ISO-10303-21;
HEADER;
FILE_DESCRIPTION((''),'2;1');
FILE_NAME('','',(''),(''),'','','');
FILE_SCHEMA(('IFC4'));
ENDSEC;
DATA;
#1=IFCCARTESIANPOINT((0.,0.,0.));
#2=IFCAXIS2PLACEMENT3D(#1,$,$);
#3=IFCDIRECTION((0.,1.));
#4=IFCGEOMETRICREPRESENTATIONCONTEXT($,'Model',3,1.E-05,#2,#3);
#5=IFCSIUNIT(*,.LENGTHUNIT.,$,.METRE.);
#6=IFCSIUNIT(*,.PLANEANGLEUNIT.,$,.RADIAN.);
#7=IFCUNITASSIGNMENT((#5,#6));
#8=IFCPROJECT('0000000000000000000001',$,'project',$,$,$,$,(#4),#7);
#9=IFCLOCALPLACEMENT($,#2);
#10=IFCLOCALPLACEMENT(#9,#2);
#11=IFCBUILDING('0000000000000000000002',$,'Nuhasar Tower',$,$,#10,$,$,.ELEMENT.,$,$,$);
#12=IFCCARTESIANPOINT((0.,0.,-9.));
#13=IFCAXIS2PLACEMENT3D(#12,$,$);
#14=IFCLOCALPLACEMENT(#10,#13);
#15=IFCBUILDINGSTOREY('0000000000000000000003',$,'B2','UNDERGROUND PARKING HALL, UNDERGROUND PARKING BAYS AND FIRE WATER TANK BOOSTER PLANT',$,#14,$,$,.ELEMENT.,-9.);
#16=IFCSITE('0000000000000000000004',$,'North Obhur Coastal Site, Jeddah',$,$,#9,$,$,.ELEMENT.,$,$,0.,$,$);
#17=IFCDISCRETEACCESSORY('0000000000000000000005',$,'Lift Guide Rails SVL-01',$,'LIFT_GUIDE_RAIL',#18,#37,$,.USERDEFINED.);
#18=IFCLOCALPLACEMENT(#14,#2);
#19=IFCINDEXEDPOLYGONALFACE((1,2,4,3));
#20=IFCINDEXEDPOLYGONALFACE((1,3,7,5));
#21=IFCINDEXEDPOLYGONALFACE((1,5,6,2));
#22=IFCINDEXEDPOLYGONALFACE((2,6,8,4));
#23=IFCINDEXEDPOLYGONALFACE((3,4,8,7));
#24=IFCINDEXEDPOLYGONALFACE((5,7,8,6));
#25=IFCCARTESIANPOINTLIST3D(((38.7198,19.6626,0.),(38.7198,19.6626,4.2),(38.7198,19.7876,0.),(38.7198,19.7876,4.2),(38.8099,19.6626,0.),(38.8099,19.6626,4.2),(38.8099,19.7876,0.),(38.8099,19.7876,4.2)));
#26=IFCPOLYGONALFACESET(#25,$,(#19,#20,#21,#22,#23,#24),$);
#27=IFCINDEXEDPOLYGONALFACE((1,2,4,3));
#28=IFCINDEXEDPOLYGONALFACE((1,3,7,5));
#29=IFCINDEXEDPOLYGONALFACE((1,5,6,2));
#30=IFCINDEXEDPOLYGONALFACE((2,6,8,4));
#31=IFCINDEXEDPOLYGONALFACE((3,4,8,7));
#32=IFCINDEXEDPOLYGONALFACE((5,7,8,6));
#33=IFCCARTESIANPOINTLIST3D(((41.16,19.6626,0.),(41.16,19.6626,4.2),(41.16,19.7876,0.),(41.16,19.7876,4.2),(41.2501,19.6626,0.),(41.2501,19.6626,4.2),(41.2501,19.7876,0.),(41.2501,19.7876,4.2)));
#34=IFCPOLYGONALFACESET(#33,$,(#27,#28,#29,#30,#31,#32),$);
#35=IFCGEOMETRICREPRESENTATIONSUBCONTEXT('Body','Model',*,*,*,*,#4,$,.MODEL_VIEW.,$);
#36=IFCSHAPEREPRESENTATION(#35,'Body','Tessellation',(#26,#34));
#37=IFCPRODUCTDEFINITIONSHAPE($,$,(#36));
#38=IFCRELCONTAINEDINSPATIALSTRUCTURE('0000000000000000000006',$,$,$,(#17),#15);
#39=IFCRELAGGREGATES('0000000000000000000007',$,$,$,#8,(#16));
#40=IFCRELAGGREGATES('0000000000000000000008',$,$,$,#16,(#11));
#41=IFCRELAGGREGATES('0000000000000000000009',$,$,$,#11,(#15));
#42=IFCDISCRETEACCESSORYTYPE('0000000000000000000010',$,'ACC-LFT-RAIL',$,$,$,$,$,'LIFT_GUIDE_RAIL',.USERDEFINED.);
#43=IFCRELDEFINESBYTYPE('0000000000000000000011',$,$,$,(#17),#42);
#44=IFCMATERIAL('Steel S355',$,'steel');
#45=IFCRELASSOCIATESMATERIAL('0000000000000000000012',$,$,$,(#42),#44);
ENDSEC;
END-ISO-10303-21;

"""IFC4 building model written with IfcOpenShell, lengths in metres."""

from ifc_helpers import new_model, si_unit, direction, frame, origin, origin_2d, place, context, subcontext, project, spatial, rectangle, extrude, material, type_object, element, save


model = new_model("IFC4")

# Units and contexts
model_context = context("Model", 3, precision=1e-05, world=origin(), true_north=direction((0.0, 1.0)))
body_context = subcontext(model_context, "Body", "Model", "MODEL_VIEW")
ifc_project = project(units=[si_unit("LENGTHUNIT", "METRE"), si_unit("PLANEANGLEUNIT", "RADIAN")], contexts=[model_context])

# Site, building, storey
site_placement = place(None, origin())
site = spatial("IfcSite", under=ifc_project, at=site_placement, Name="North Obhur Coastal Site, Jeddah", CompositionType="ELEMENT", RefElevation=0.0)
building_placement = place(site_placement, origin())
building = spatial("IfcBuilding", under=site, at=building_placement, Name="Nuhasar Tower", CompositionType="ELEMENT")
storey_placement = place(building_placement, frame((0.0, 0.0, -9.0)))
storey = spatial("IfcBuildingStorey", under=building, at=storey_placement, Name="B2", Description="UNDERGROUND PARKING HALL, UNDERGROUND PARKING BAYS AND FIRE WATER TANK BOOSTER PLANT", CompositionType="ELEMENT", Elevation=-9.0)

# Shared definitions
ifc_material_1 = material(Name="Steel S355", Category="steel")

# Discrete accessory
discrete_accessory_type = type_object("IfcDiscreteAccessoryType", Name="ACC-LFT-RAIL", ElementType="LIFT_GUIDE_RAIL", PredefinedType="USERDEFINED", material=ifc_material_1)
discrete_accessory_placement = place(storey_placement, frame((38.7649, 19.7251, 2.1001)))
element("IfcDiscreteAccessory", 1, at=discrete_accessory_placement, inside=storey, type_object=discrete_accessory_type, Name="Lift Guide Rails SVL-01", ObjectType="LIFT_GUIDE_RAIL", PredefinedType="USERDEFINED", context=body_context, shape_type="SweptSolid", body=[
    extrude(rectangle(XDim=0.0901, YDim=0.125, at=origin_2d()), frame((0.0, 0.0, -2.1001), z_axis=(0.0, 0.0, 1.0), x_axis=(1.0, 0.0, 0.0)), (0.0, 0.0, 1.0), 4.2),
    extrude(rectangle(XDim=0.0901, YDim=0.125, at=origin_2d()), frame((2.4402, 0.0, -2.1001), z_axis=(0.0, 0.0, 1.0), x_axis=(1.0, 0.0, 0.0)), (0.0, 0.0, 1.0), 4.2),
])

save(model, "model.ifc")
